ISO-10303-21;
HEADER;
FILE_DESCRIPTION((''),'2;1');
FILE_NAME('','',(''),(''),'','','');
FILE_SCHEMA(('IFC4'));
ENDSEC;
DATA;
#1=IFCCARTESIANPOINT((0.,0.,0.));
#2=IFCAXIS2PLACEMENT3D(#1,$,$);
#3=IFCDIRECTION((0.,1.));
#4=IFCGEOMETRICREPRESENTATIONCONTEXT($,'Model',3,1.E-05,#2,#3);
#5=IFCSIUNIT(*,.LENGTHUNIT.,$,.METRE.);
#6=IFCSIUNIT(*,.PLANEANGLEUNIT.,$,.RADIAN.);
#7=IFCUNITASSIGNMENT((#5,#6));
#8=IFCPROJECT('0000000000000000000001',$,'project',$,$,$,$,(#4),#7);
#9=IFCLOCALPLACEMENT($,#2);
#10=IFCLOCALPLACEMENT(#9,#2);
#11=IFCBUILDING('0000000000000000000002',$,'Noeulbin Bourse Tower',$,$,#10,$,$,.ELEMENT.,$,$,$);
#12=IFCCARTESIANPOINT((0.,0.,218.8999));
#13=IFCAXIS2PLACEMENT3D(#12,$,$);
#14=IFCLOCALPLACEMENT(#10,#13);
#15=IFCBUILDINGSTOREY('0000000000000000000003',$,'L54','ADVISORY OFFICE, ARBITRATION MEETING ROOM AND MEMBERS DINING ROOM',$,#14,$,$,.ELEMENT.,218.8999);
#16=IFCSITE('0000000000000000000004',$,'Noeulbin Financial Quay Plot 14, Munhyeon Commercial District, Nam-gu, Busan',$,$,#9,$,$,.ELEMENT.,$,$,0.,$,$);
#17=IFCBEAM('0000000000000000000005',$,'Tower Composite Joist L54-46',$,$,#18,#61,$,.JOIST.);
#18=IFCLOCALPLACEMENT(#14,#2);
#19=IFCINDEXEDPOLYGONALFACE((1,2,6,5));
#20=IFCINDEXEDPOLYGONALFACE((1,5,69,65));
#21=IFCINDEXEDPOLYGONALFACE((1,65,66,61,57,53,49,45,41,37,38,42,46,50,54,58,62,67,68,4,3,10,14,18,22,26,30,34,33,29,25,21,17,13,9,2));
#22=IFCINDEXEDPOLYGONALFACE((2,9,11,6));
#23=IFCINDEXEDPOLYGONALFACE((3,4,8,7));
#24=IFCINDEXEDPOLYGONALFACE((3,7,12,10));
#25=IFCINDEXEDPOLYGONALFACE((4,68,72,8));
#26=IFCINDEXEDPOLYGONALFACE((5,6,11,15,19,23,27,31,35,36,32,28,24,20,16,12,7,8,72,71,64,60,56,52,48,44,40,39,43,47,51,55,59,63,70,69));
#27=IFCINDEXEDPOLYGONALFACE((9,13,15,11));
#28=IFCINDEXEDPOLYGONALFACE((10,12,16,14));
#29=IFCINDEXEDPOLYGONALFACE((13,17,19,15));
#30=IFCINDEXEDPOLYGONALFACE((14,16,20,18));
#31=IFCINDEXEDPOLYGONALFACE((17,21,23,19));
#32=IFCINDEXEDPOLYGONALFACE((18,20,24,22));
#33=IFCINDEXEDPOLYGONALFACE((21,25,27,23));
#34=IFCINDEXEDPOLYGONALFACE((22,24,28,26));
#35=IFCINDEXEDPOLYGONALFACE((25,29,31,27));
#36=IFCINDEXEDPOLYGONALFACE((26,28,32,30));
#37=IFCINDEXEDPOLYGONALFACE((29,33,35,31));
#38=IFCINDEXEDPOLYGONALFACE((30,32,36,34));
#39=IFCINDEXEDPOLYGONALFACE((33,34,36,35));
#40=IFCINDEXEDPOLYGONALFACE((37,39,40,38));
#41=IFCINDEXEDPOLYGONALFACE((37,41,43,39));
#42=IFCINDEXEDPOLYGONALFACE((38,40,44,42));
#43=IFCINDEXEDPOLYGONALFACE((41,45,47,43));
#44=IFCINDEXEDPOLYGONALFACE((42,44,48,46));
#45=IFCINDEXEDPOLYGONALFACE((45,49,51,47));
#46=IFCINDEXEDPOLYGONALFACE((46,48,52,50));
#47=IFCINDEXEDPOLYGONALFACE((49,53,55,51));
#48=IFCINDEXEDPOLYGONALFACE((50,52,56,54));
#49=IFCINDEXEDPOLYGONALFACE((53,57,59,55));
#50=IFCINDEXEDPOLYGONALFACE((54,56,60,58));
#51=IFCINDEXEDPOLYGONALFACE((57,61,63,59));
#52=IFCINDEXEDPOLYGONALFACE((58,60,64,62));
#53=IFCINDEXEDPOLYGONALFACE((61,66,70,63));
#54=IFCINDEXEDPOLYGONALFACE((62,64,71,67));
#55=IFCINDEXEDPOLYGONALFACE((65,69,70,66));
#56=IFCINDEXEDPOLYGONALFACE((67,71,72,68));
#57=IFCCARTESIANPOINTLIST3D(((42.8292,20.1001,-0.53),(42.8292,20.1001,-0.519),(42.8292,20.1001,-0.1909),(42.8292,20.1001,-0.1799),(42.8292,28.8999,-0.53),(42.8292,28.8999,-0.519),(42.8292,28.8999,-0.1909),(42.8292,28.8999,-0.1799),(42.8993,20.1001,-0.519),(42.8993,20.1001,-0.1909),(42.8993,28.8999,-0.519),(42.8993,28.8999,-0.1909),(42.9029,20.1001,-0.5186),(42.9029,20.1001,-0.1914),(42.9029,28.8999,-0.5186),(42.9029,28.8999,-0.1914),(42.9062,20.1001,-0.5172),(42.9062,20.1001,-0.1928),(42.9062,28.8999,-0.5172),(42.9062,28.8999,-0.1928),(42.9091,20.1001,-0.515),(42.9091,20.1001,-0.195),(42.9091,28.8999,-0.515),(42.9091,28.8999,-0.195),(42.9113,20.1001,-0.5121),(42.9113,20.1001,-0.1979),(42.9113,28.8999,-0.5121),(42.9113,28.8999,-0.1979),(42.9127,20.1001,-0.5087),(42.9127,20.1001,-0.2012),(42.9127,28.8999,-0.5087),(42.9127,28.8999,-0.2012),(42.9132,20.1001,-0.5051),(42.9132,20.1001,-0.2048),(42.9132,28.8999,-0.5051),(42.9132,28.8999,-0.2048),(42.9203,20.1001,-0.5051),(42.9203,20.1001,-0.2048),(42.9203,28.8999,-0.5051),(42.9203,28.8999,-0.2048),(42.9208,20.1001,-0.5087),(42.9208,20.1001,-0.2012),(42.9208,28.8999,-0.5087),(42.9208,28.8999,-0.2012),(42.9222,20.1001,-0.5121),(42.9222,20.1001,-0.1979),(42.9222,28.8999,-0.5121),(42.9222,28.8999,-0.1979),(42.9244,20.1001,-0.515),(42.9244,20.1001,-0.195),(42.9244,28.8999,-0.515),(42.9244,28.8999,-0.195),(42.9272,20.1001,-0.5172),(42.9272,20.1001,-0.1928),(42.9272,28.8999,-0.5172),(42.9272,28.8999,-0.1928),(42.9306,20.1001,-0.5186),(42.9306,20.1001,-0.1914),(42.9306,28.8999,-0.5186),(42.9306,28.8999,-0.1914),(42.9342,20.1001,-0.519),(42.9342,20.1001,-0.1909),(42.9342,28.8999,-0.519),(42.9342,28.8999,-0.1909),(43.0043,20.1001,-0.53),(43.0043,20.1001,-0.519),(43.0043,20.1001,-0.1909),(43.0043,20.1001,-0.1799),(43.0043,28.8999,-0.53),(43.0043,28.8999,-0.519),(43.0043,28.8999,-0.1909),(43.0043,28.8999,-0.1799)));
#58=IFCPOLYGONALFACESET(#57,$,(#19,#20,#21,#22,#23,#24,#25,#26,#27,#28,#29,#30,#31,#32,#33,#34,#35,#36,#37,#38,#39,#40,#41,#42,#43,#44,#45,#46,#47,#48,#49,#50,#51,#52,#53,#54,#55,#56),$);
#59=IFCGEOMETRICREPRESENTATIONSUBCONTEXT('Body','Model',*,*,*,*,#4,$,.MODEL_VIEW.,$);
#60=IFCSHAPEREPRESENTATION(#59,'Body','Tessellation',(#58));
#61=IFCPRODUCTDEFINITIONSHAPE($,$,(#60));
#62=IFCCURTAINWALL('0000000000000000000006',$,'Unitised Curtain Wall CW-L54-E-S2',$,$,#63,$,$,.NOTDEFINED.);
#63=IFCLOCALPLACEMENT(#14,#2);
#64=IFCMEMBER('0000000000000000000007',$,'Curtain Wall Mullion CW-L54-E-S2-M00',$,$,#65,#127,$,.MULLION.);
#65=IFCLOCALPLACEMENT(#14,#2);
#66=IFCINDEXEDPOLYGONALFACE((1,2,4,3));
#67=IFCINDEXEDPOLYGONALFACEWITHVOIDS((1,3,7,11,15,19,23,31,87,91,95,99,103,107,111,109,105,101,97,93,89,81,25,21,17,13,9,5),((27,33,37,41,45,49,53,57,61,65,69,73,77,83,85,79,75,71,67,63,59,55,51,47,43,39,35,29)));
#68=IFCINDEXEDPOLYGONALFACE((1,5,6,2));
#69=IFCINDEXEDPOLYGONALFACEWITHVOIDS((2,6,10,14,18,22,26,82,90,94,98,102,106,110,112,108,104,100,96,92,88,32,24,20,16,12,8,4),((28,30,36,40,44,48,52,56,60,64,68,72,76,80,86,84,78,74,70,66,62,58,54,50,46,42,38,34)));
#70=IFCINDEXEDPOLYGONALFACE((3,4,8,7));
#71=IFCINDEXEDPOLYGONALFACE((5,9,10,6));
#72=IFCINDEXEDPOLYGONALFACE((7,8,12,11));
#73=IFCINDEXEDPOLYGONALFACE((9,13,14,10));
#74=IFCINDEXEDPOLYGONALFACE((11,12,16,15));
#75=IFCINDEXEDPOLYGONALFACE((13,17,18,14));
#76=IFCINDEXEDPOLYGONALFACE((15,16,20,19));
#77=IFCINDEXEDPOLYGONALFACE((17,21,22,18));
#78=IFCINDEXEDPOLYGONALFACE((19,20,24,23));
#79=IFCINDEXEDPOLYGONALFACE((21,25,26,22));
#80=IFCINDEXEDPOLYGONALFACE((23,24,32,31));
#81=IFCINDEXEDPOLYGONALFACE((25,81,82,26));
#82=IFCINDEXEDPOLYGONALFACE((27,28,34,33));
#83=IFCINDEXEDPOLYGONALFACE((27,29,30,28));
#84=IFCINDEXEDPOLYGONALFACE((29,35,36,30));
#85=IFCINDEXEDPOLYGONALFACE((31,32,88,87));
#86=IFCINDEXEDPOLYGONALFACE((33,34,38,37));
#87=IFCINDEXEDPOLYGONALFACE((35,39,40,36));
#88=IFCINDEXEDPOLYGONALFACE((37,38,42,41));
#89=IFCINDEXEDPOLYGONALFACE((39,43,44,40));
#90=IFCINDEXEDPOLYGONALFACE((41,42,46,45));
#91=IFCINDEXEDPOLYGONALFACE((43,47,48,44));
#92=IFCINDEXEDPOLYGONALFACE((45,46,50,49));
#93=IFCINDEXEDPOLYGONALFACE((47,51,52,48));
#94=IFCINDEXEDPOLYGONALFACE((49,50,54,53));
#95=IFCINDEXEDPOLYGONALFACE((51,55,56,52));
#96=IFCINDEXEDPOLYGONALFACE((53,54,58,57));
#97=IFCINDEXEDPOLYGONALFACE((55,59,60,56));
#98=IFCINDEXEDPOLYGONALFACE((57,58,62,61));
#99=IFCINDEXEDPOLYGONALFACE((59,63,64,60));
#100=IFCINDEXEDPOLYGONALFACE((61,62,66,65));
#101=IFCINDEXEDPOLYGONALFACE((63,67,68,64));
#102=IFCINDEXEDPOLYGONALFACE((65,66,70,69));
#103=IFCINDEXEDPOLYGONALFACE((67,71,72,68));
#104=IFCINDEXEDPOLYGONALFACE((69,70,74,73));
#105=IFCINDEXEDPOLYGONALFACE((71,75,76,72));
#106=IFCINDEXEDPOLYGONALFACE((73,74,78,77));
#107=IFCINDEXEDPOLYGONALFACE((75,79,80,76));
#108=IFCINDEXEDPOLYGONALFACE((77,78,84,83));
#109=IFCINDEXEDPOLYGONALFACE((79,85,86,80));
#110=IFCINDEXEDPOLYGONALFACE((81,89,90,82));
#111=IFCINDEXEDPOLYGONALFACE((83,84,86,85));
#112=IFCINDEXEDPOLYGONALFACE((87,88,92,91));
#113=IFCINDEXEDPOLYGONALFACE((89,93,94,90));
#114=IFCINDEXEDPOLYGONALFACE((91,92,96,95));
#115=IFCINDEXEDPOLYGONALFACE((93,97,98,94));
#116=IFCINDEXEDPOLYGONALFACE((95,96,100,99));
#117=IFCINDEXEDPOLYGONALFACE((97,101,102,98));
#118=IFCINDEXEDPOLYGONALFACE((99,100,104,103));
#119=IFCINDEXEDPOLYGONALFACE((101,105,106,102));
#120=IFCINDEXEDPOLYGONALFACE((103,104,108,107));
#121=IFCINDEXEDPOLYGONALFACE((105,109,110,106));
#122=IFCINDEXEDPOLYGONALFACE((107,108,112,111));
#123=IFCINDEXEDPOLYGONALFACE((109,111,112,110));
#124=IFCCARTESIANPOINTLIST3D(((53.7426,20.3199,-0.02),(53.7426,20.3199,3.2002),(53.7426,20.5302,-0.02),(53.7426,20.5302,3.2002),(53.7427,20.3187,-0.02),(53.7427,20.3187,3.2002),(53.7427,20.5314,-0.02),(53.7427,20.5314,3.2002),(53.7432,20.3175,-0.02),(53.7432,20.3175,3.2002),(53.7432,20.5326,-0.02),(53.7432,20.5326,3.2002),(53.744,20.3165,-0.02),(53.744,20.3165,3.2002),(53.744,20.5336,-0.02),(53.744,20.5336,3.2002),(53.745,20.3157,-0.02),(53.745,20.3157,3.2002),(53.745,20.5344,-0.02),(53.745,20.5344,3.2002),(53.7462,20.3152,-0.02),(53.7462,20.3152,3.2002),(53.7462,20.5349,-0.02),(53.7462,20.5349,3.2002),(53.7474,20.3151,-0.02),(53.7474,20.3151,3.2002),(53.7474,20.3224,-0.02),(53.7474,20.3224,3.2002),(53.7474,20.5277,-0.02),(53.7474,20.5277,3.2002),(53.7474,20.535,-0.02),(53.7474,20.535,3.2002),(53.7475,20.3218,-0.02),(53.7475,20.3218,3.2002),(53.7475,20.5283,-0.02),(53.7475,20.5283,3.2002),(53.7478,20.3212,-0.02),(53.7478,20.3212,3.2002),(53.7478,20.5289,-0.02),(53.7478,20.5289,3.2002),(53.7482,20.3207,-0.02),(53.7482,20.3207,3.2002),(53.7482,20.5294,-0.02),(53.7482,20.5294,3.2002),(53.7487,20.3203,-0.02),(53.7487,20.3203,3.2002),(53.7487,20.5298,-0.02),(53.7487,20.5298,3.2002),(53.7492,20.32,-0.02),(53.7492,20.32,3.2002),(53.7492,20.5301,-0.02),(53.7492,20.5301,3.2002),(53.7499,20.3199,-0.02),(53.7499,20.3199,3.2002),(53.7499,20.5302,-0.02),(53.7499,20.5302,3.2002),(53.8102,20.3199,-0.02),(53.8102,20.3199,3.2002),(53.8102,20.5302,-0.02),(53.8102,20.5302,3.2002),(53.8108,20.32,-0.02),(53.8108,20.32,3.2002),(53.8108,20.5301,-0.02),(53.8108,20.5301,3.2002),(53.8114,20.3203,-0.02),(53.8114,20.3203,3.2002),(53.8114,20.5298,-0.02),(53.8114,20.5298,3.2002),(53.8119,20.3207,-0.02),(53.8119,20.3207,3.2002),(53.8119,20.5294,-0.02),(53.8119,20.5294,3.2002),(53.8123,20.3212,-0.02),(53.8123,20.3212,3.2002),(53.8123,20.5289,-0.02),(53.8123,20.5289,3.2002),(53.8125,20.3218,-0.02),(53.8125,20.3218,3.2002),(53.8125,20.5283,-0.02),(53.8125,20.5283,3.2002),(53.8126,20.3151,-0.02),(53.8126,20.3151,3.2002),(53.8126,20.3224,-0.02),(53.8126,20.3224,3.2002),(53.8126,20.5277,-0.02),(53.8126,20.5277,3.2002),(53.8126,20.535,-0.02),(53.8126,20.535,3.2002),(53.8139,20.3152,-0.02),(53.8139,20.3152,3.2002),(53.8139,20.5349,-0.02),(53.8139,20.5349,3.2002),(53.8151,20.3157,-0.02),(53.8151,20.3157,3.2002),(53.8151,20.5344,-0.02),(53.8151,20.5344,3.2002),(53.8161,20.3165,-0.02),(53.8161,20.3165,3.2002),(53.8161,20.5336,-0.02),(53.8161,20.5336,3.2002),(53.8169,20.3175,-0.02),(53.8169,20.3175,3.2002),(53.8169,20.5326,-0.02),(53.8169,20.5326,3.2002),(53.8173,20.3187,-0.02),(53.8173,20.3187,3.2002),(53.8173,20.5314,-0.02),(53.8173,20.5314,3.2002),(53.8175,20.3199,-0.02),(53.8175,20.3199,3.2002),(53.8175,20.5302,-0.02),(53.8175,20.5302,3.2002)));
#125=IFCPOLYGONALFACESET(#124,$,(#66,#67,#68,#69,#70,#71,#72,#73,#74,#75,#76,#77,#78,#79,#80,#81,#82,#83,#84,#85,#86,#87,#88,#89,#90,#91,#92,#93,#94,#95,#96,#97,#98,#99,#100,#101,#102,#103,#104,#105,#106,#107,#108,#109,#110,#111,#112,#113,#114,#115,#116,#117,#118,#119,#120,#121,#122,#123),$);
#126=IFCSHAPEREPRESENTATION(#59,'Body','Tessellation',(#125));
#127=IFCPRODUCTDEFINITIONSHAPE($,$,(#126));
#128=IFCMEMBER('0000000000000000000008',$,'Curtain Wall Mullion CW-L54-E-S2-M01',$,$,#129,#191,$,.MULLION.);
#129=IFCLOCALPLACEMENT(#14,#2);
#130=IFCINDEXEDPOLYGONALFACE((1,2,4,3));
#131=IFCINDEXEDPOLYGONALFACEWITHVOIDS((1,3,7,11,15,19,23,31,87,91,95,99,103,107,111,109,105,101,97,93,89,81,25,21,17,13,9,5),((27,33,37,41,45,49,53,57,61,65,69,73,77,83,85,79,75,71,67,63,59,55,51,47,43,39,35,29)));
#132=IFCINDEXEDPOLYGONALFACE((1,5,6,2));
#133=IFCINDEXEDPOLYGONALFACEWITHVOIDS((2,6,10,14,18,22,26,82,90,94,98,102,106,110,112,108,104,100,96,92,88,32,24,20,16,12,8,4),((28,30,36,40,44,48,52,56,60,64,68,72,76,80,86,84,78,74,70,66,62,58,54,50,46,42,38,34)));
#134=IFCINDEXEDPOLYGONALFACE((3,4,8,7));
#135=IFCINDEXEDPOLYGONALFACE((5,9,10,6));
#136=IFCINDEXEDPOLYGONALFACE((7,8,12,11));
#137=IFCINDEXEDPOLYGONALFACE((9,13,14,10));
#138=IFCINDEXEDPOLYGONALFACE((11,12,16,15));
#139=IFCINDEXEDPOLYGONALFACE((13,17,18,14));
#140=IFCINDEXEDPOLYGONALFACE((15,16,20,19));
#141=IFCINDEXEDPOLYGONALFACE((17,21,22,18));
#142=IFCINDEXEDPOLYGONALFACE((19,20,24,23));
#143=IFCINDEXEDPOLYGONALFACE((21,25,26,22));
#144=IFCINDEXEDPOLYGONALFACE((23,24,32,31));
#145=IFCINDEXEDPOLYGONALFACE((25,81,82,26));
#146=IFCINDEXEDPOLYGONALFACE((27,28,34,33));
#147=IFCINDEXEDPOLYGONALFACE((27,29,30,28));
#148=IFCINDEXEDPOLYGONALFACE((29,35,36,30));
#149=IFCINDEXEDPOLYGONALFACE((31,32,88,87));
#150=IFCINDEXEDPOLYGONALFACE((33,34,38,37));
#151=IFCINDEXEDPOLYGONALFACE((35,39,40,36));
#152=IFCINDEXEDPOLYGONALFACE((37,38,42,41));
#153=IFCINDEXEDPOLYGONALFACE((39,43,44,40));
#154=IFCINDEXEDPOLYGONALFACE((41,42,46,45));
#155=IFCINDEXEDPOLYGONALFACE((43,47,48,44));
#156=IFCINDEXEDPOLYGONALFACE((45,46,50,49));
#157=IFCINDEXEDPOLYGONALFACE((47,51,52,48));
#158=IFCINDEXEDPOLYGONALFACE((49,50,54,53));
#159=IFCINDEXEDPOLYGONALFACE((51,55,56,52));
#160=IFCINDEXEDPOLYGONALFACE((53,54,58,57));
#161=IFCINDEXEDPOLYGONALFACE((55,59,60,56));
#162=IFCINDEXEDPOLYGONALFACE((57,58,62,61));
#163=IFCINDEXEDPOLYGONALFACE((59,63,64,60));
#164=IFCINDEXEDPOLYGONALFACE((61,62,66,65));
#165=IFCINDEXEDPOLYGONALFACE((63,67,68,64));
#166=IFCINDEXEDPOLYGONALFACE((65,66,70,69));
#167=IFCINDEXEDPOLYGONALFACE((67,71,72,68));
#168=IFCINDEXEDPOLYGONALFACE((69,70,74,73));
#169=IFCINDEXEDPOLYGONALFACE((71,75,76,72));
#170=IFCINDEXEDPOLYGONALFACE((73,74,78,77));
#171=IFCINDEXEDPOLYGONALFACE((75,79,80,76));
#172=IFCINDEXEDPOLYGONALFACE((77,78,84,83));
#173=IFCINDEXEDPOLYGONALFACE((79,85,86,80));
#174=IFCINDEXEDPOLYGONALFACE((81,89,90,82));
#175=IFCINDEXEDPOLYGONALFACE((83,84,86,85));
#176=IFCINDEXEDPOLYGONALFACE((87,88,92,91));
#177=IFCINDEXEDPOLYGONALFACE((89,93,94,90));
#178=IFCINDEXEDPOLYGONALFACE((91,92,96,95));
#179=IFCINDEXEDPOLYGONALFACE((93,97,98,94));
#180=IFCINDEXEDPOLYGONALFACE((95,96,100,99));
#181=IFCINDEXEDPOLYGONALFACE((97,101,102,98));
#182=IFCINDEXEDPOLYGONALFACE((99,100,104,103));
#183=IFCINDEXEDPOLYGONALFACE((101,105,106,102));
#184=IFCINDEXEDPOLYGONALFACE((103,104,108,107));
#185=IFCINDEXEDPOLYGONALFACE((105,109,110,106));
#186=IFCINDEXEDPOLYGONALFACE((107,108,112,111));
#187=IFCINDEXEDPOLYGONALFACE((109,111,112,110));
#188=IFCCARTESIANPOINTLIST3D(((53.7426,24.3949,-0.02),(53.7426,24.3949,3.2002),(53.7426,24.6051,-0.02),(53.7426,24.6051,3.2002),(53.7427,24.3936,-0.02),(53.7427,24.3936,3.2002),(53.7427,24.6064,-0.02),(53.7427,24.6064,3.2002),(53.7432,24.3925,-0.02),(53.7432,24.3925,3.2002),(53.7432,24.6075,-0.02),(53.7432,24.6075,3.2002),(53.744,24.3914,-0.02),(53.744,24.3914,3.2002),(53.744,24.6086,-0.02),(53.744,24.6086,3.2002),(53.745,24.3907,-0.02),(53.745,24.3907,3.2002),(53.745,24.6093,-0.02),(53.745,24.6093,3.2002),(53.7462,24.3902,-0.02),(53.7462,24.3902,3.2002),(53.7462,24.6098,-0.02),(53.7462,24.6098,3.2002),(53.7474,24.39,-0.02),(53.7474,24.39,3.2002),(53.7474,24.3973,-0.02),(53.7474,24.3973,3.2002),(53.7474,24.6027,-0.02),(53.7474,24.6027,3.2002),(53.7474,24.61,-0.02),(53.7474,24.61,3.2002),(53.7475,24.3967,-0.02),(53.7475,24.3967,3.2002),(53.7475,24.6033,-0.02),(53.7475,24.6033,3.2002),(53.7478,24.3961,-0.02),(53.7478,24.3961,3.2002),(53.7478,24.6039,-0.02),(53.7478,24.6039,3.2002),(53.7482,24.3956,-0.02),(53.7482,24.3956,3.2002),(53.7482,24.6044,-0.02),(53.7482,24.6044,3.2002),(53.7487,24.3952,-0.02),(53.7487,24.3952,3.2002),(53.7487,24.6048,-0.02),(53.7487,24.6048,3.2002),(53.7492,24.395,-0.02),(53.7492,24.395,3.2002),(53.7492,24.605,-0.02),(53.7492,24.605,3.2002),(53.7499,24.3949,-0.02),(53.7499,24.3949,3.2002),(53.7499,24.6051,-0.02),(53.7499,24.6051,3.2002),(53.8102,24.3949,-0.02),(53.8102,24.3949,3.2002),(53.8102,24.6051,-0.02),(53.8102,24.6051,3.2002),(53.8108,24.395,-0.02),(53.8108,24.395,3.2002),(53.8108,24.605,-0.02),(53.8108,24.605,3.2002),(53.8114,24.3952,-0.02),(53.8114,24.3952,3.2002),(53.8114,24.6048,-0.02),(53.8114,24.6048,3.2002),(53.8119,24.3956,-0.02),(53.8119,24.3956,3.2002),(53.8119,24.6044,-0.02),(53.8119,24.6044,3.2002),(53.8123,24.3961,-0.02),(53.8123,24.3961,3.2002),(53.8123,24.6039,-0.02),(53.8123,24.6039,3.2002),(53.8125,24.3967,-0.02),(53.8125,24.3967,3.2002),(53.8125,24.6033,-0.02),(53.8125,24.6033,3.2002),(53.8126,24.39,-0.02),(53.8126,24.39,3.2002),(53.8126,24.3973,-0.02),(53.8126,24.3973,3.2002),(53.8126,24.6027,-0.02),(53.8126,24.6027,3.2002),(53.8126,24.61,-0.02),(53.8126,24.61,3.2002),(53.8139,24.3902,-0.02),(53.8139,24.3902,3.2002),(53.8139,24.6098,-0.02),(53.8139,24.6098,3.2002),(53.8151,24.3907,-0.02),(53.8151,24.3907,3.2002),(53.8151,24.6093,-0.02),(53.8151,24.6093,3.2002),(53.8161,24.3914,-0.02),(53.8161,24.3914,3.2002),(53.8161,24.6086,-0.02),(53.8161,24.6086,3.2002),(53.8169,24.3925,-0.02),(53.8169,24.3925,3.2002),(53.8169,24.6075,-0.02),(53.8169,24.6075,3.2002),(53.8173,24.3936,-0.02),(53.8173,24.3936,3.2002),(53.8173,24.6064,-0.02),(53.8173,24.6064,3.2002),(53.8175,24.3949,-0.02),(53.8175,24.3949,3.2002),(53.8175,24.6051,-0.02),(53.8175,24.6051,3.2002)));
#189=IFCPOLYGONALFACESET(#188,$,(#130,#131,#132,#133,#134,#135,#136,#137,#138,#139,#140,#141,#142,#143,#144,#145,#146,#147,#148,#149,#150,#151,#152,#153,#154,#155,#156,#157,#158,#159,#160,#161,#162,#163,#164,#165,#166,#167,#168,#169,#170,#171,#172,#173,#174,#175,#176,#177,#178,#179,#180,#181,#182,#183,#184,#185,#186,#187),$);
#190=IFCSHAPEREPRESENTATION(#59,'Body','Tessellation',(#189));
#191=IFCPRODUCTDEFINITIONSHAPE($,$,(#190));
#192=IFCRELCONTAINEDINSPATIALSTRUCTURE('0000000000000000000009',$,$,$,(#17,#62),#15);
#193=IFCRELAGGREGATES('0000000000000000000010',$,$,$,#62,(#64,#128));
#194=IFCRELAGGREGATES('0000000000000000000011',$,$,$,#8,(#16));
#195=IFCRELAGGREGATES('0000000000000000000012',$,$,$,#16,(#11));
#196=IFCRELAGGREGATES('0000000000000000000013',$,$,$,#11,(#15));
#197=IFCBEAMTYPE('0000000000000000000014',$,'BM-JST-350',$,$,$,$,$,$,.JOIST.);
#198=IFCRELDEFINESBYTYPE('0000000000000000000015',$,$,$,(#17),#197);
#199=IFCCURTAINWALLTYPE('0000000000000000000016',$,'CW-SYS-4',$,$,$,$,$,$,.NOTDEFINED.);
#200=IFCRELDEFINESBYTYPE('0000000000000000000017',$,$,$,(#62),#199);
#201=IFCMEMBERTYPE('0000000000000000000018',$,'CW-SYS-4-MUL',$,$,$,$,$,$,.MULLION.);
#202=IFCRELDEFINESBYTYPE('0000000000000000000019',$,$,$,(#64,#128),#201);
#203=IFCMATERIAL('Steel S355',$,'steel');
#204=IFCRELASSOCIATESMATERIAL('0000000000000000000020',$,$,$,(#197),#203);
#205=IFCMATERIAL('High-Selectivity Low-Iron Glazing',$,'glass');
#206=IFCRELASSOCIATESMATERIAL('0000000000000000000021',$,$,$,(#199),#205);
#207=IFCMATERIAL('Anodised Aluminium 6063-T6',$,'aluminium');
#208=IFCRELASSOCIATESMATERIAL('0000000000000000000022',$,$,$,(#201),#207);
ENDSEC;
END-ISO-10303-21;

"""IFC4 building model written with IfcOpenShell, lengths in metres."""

from ifc_helpers import new_model, si_unit, direction, frame, origin, origin_2d, place, context, subcontext, project, spatial, hollow_rectangle, i_section, extrude, material, material_profile, profile_set, type_object, element, aggregate, save


model = new_model("IFC4")

# Units and contexts
model_context = context("Model", 3, precision=1e-05, world=origin(), true_north=direction((0.0, 1.0)))
body_context = subcontext(model_context, "Body", "Model", "MODEL_VIEW")
ifc_project = project(units=[si_unit("LENGTHUNIT", "METRE"), si_unit("PLANEANGLEUNIT", "RADIAN")], contexts=[model_context])

# Site, building, storey
site_placement = place(None, origin())
site = spatial("IfcSite", under=ifc_project, at=site_placement, Name="Noeulbin Financial Quay Plot 14, Munhyeon Commercial District, Nam-gu, Busan", CompositionType="ELEMENT", RefElevation=0.0)
building_placement = place(site_placement, origin())
building = spatial("IfcBuilding", under=site, at=building_placement, Name="Noeulbin Bourse Tower", CompositionType="ELEMENT")
storey_placement = place(building_placement, frame((0.0, 0.0, 218.8999)))
storey = spatial("IfcBuildingStorey", under=building, at=storey_placement, Name="L54", Description="ADVISORY OFFICE, ARBITRATION MEETING ROOM AND MEMBERS DINING ROOM", CompositionType="ELEMENT", Elevation=218.8999)

# Shared definitions
ifc_material_1 = material(Name="Steel S355", Category="steel")

# Beam
ifc_material_profile_1 = material_profile(ifc_material_1, i_section(OverallWidth=0.175, OverallDepth=0.3501, WebThickness=0.0071, FlangeThickness=0.011, FilletRadius=0.0139, at=origin_2d()), Name="H-350x175x7x11", Category="LoadBearing")
ifc_profile_set_1 = profile_set([ifc_material_profile_1], Name="Steel S355")
beam_type_1 = type_object("IfcBeamType", Name="BM-JST-350", PredefinedType="JOIST", material=ifc_profile_set_1)
beam_1_placement = place(storey_placement, frame((42.9167, 20.1001, -0.355), z_axis=(0.0, 1.0, 0.0), x_axis=(-1.0, 0.0, 0.0)))
element("IfcBeam", 1, at=beam_1_placement, inside=storey, type_object=beam_type_1, Name="Tower Composite Joist L54-46", PredefinedType="JOIST", context=body_context, shape_type="SweptSolid", body=[
    extrude(i_section(OverallWidth=0.175, OverallDepth=0.3501, WebThickness=0.0071, FlangeThickness=0.011, FilletRadius=0.0139, at=origin_2d()), origin(), (0.0, 0.0, 1.0), 8.7998),
])

# Curtain wall, members
ifc_material_2 = material(Name="High-Selectivity Low-Iron Glazing", Category="glass")
curtain_wall_type = type_object("IfcCurtainWallType", Name="CW-SYS-4", PredefinedType="NOTDEFINED", material=ifc_material_2)
curtain_wall_1_placement = place(storey_placement, origin())
curtain_wall_1 = element("IfcCurtainWall", 2, at=curtain_wall_1_placement, inside=storey, type_object=curtain_wall_type, Name="Unitised Curtain Wall CW-L54-E-S2", PredefinedType="NOTDEFINED")
ifc_material_3 = material(Name="Anodised Aluminium 6063-T6", Category="aluminium")
ifc_material_profile_2 = material_profile(ifc_material_3, hollow_rectangle(XDim=0.075, YDim=0.22, WallThickness=0.0049, InnerFilletRadius=0.0024, OuterFilletRadius=0.0049, at=origin_2d()), Name="ALU-MULL-75x220x5", Category="LoadBearing")
ifc_profile_set_2 = profile_set([ifc_material_profile_2], Name="Anodised Aluminium 6063-T6")
member_type_1 = type_object("IfcMemberType", Name="CW-SYS-4-MUL", PredefinedType="MULLION", material=ifc_profile_set_2)
member_1_placement = place(storey_placement, frame((53.78, 20.425, -0.02), z_axis=(0.0, 0.0, 1.0), x_axis=(1.0, 0.0, 0.0)))
member_1 = element("IfcMember", 3, at=member_1_placement, type_object=member_type_1, Name="Curtain Wall Mullion CW-L54-E-S2-M00", PredefinedType="MULLION", context=body_context, shape_type="SweptSolid", body=[
    extrude(hollow_rectangle(XDim=0.075, YDim=0.22, WallThickness=0.0049, InnerFilletRadius=0.0024, OuterFilletRadius=0.0049, at=origin_2d()), origin(), (0.0, 0.0, 1.0), 3.2202),
])
member_2_placement = place(storey_placement, frame((53.78, 24.5, -0.02), z_axis=(0.0, 0.0, 1.0), x_axis=(1.0, 0.0, 0.0)))
member_2 = element("IfcMember", 4, at=member_2_placement, type_object=member_type_1, Name="Curtain Wall Mullion CW-L54-E-S2-M01", PredefinedType="MULLION", context=body_context, shape_type="SweptSolid", body=[
    extrude(hollow_rectangle(XDim=0.075, YDim=0.22, WallThickness=0.0049, InnerFilletRadius=0.0024, OuterFilletRadius=0.0049, at=origin_2d()), origin(), (0.0, 0.0, 1.0), 3.2202),
])

aggregate(curtain_wall_1, [member_1, member_2])

save(model, "model.ifc")
